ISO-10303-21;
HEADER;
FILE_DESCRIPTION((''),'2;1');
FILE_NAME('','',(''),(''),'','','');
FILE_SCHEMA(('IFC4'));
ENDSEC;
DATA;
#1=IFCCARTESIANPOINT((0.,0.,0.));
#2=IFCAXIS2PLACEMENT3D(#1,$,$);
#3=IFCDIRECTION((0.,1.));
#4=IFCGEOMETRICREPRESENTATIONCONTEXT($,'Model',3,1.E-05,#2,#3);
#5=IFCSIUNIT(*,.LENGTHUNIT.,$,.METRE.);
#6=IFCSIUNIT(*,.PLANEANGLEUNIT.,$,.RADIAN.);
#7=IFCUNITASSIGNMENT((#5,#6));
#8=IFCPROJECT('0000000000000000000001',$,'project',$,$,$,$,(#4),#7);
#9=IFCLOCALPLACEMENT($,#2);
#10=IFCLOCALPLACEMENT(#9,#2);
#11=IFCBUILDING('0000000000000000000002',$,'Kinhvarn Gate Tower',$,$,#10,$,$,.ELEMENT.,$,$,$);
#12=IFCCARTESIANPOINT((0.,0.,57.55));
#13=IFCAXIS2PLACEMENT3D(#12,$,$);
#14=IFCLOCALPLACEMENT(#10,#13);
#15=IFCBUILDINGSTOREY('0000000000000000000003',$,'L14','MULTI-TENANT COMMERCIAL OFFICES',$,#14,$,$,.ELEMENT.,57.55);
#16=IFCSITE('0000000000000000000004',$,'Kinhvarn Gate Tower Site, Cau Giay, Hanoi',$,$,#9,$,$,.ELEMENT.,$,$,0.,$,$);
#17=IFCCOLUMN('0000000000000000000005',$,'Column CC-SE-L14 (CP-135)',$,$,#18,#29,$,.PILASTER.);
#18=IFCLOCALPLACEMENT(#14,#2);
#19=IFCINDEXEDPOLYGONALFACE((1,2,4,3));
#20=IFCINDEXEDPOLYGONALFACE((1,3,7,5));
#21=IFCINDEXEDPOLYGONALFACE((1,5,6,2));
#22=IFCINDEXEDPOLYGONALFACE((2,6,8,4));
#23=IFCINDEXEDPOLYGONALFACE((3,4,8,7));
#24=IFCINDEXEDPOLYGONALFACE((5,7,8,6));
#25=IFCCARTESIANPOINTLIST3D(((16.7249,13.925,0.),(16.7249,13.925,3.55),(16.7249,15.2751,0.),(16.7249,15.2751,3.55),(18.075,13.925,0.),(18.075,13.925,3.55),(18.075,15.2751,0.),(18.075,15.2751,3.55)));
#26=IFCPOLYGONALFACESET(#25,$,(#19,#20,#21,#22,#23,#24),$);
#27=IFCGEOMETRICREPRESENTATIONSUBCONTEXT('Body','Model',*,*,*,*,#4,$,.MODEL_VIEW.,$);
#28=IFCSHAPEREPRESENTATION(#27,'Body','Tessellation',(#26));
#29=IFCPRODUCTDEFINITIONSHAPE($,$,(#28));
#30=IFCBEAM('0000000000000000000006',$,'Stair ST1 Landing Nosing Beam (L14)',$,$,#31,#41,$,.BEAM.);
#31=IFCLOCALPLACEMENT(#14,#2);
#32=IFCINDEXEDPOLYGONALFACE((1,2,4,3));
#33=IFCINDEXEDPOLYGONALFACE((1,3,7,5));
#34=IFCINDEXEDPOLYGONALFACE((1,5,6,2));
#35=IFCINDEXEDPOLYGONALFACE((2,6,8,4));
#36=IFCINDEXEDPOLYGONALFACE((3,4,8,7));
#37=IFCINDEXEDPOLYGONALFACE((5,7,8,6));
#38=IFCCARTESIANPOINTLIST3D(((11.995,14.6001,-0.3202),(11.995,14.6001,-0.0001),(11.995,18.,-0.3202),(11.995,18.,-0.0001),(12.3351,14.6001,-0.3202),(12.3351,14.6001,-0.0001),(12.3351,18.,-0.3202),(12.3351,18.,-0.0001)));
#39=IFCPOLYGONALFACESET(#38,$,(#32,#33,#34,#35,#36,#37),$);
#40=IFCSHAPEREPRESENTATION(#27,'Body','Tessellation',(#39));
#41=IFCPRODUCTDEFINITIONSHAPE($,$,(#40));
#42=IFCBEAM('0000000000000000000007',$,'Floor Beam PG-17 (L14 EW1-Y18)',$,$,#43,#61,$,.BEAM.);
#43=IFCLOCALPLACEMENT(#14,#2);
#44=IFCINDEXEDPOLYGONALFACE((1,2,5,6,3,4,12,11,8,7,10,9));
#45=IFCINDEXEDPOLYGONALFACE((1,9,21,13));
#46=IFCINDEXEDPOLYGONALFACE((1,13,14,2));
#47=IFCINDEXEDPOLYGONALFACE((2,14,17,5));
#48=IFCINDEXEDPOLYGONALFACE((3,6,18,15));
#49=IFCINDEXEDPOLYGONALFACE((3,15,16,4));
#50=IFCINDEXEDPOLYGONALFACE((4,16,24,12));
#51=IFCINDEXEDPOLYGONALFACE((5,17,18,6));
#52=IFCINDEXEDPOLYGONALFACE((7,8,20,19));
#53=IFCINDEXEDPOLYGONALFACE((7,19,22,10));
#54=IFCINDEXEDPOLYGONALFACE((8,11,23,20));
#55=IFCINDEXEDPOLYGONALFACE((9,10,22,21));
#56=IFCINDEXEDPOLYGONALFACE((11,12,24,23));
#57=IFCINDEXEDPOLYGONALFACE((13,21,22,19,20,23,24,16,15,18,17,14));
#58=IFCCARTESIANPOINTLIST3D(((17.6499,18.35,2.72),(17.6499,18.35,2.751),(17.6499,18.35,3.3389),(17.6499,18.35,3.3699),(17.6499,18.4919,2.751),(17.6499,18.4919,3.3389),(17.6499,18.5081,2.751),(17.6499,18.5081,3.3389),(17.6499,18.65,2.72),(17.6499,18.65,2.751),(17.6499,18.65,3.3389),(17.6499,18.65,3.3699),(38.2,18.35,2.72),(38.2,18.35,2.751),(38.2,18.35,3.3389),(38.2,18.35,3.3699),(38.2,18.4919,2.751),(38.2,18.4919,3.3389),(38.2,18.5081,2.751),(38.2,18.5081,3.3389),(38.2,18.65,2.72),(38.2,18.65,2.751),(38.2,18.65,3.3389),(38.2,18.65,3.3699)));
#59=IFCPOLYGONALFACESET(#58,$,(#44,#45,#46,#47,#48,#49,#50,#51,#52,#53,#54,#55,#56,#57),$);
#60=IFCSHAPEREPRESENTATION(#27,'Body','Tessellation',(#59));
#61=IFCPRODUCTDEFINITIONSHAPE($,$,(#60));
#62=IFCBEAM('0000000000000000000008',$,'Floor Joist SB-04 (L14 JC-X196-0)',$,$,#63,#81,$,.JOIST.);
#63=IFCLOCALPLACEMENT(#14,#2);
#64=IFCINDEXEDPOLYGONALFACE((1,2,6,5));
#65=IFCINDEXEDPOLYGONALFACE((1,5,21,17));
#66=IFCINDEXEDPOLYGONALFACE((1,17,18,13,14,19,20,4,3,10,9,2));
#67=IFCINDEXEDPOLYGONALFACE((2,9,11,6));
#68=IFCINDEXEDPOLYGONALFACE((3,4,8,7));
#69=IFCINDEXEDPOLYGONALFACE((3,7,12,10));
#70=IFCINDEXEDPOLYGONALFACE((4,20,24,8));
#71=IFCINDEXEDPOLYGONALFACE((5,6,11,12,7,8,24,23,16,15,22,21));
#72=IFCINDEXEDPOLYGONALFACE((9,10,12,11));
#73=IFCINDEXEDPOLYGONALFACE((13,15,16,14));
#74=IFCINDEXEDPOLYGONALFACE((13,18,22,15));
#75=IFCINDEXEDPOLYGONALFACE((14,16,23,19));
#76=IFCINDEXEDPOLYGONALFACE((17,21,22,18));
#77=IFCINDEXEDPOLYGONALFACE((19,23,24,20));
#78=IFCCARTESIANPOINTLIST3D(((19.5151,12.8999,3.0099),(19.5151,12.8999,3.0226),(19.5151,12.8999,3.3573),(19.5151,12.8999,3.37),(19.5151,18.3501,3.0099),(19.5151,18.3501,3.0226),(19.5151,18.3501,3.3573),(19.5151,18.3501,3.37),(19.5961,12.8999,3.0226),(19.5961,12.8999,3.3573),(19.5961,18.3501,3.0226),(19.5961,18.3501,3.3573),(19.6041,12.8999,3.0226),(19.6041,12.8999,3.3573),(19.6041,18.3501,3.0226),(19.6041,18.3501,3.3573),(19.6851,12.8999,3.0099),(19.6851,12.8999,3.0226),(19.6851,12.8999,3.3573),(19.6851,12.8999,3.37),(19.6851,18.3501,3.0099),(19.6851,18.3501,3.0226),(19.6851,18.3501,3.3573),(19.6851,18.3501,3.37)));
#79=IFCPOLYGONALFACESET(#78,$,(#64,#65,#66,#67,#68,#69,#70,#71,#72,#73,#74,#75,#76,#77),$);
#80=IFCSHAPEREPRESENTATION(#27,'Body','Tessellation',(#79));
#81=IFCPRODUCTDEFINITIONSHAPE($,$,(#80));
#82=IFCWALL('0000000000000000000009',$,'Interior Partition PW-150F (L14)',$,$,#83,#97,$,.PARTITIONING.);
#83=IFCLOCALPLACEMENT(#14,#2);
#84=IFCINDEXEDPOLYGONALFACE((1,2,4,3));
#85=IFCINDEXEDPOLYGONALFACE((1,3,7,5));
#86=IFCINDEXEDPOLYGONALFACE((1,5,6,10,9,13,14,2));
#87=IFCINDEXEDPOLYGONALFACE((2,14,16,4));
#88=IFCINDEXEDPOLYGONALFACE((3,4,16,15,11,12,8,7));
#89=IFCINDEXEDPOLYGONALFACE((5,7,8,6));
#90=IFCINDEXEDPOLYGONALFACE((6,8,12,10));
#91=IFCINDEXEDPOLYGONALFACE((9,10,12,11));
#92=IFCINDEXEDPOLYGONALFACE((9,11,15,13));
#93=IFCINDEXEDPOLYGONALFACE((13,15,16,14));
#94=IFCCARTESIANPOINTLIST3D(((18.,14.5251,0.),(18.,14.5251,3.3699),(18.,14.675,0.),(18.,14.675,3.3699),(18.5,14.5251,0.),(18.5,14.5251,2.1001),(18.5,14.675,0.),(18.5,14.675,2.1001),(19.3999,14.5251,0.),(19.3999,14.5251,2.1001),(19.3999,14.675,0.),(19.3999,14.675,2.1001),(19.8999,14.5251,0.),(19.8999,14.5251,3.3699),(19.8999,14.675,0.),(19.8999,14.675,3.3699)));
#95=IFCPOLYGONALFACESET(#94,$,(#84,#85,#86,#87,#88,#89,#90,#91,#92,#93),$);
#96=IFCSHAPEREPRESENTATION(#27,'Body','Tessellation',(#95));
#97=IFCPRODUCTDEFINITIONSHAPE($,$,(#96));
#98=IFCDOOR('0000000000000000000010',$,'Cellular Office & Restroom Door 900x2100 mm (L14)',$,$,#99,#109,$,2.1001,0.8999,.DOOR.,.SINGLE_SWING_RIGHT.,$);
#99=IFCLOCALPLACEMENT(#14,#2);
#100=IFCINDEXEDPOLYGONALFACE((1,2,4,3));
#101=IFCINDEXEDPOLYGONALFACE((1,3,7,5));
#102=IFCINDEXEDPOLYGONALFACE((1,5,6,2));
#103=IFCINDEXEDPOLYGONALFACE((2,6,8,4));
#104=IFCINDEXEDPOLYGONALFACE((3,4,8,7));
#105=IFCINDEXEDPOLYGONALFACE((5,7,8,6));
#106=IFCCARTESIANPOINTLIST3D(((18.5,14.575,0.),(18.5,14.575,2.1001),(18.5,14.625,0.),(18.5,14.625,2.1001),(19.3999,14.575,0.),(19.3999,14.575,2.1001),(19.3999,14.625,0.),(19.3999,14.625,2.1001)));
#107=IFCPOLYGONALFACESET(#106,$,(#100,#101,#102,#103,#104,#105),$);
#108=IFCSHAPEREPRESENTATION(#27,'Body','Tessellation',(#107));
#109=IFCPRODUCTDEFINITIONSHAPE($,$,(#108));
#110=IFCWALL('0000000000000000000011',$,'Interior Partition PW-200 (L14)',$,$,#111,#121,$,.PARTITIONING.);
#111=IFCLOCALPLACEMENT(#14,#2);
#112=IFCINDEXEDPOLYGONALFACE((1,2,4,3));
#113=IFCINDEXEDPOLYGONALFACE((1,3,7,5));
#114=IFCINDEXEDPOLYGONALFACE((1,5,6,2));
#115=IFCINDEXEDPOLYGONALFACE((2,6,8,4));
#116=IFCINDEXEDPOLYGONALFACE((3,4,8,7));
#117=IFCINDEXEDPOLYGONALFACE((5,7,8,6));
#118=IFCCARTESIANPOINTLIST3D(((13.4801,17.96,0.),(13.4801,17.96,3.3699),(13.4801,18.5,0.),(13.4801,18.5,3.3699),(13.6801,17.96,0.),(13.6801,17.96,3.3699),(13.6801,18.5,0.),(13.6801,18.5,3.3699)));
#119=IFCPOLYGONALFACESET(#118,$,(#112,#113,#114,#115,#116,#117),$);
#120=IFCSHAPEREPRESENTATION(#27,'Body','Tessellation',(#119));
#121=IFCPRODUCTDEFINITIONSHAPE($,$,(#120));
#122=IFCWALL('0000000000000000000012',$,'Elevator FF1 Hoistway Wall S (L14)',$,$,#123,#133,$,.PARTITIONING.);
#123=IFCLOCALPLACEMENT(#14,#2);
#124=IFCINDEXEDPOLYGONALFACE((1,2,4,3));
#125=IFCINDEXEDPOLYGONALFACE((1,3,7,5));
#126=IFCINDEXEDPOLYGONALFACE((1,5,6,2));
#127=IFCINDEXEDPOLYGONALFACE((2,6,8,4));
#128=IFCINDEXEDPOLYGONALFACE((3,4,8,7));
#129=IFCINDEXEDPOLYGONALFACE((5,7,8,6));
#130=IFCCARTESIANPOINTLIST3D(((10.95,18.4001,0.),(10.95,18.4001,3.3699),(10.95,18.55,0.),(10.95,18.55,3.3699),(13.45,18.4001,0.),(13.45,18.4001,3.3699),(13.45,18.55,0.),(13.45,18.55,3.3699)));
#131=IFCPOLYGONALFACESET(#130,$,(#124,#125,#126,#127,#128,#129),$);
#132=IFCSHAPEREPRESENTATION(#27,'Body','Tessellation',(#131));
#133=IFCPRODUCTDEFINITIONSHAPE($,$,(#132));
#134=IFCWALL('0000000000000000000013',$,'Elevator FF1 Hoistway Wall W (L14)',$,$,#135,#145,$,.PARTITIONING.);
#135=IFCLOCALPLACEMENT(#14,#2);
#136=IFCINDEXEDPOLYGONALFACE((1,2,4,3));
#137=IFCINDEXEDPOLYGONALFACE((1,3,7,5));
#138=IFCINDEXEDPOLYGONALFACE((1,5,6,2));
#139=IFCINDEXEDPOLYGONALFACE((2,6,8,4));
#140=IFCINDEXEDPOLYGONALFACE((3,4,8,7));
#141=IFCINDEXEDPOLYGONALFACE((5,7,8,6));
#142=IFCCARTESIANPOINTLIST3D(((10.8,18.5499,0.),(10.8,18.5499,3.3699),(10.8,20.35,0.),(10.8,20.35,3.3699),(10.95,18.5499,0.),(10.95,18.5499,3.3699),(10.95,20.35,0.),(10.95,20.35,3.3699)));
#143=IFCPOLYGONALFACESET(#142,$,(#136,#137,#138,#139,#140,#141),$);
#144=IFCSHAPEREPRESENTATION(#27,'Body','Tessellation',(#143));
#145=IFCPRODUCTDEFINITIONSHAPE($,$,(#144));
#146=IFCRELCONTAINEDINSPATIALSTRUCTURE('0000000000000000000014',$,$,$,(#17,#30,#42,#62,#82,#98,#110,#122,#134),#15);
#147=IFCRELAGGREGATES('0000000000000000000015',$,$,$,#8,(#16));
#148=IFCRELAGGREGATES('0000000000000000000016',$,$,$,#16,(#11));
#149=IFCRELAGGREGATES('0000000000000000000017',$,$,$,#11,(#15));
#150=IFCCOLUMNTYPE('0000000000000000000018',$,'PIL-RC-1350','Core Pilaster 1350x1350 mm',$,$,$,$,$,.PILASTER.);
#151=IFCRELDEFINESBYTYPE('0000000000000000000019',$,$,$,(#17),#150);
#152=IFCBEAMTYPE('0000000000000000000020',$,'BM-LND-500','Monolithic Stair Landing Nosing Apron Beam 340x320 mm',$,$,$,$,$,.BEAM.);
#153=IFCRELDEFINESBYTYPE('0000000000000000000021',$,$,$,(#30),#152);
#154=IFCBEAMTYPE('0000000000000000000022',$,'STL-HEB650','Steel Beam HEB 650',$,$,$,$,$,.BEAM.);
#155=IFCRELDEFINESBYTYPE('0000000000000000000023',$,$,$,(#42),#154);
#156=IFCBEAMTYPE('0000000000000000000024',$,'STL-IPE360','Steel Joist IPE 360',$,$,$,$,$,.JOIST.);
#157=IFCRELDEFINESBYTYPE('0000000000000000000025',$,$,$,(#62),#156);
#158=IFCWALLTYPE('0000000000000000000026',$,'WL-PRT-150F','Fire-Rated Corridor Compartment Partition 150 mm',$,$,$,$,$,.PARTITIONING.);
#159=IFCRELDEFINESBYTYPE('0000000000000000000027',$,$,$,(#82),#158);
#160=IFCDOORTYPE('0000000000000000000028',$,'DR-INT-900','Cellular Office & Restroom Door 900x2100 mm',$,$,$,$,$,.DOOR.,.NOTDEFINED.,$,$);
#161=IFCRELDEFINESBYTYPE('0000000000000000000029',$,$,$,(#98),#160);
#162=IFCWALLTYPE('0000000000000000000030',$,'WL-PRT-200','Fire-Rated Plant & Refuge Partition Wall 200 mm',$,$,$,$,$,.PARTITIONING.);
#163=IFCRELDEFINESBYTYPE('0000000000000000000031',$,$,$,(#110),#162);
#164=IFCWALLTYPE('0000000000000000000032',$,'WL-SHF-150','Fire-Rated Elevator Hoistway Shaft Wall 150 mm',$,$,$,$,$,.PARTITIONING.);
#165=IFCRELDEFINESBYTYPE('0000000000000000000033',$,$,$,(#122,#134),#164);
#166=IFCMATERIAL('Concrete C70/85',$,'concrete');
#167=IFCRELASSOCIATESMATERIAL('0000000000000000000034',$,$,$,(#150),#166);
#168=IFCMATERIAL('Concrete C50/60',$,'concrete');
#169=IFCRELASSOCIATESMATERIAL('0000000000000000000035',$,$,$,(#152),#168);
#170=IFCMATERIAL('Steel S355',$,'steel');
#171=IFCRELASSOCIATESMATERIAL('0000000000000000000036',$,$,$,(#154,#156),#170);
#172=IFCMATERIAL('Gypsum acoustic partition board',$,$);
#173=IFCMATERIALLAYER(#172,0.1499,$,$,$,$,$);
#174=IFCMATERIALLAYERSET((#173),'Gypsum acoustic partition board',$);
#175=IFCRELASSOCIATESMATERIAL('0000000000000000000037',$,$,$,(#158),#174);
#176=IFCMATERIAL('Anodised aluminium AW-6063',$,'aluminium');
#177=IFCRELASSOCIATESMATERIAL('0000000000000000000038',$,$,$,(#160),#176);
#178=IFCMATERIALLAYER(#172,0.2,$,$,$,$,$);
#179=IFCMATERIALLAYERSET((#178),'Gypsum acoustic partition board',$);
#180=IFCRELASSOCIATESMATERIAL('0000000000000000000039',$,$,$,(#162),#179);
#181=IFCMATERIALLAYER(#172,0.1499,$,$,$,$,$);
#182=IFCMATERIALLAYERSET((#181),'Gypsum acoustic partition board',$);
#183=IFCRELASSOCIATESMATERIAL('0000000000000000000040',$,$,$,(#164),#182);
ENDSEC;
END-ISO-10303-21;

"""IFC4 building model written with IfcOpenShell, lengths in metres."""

from ifc_helpers import new_model, si_unit, direction, frame, frame_2d, origin, origin_2d, place, context, subcontext, project, spatial, rectangle, i_section, extrude, material, layer, layer_set, material_profile, profile_set, type_object, element, fill, save


model = new_model("IFC4")

# Units and contexts
model_context = context("Model", 3, precision=1e-05, world=origin(), true_north=direction((0.0, 1.0)))
body_context = subcontext(model_context, "Body", "Model", "MODEL_VIEW")
ifc_project = project(units=[si_unit("LENGTHUNIT", "METRE"), si_unit("PLANEANGLEUNIT", "RADIAN")], contexts=[model_context])

# Site, building, storey
site_placement = place(None, origin())
site = spatial("IfcSite", under=ifc_project, at=site_placement, Name="Kinhvarn Gate Tower Site, Cau Giay, Hanoi", CompositionType="ELEMENT", RefElevation=0.0)
building_placement = place(site_placement, origin())
building = spatial("IfcBuilding", under=site, at=building_placement, Name="Kinhvarn Gate Tower", CompositionType="ELEMENT")
storey_placement = place(building_placement, frame((0.0, 0.0, 57.55)))
storey = spatial("IfcBuildingStorey", under=building, at=storey_placement, Name="L14", Description="MULTI-TENANT COMMERCIAL OFFICES", CompositionType="ELEMENT", Elevation=57.55)

# Column
ifc_material_1 = material(Name="Concrete C70/85", Category="concrete")
ifc_material_profile_1 = material_profile(ifc_material_1, rectangle(XDim=1.3501, YDim=1.3501, at=origin_2d()), Name="RC 1350x1350")
ifc_profile_set_1 = profile_set([ifc_material_profile_1], Name="Concrete C70/85")
column_type = type_object("IfcColumnType", Name="PIL-RC-1350", Description="Core Pilaster 1350x1350 mm", PredefinedType="PILASTER", material=ifc_profile_set_1)
column_placement = place(storey_placement, frame((17.3999, 14.6001, 0.0), z_axis=(0.0, 0.0, 1.0), x_axis=(1.0, 0.0, 0.0)))
element("IfcColumn", 1, at=column_placement, inside=storey, type_object=column_type, Name="Column CC-SE-L14 (CP-135)", PredefinedType="PILASTER", context=body_context, shape_type="SweptSolid", body=[
    extrude(rectangle(XDim=1.3501, YDim=1.3501, at=origin_2d()), origin(), (0.0, 0.0, 1.0), 3.55),
])

# Beams
ifc_material_2 = material(Name="Concrete C50/60", Category="concrete")
ifc_material_profile_2 = material_profile(ifc_material_2, rectangle(XDim=0.3401, YDim=0.3201, at=origin_2d()), Name="RC 340x320")
ifc_profile_set_2 = profile_set([ifc_material_profile_2], Name="Concrete C50/60")
beam_type_1 = type_object("IfcBeamType", Name="BM-LND-500", Description="Monolithic Stair Landing Nosing Apron Beam 340x320 mm", PredefinedType="BEAM", material=ifc_profile_set_2)
beam_1_placement = place(storey_placement, frame((12.165, 14.6001, -0.1602), z_axis=(0.0, 1.0, 0.0), x_axis=(-1.0, 0.0, 0.0)))
element("IfcBeam", 2, at=beam_1_placement, inside=storey, type_object=beam_type_1, Name="Stair ST1 Landing Nosing Beam (L14)", PredefinedType="BEAM", context=body_context, shape_type="SweptSolid", body=[
    extrude(rectangle(XDim=0.3401, YDim=0.3201, at=origin_2d()), origin(), (0.0, 0.0, 1.0), 3.3999),
])
ifc_material_3 = material(Name="Steel S355", Category="steel")
ifc_material_profile_3 = material_profile(ifc_material_3, i_section(OverallWidth=0.3, OverallDepth=0.6499, WebThickness=0.0161, FlangeThickness=0.031, at=origin_2d()), Name="HEB 650")
ifc_profile_set_3 = profile_set([ifc_material_profile_3], Name="Steel S355")
beam_type_2 = type_object("IfcBeamType", Name="STL-HEB650", Description="Steel Beam HEB 650", PredefinedType="BEAM", material=ifc_profile_set_3)
beam_2_placement = place(storey_placement, frame((17.6499, 18.5, 3.0449), z_axis=(1.0, 0.0, 0.0), x_axis=(0.0, 1.0, 0.0)))
element("IfcBeam", 3, at=beam_2_placement, inside=storey, type_object=beam_type_2, Name="Floor Beam PG-17 (L14 EW1-Y18)", PredefinedType="BEAM", context=body_context, shape_type="SweptSolid", body=[
    extrude(i_section(OverallWidth=0.3, OverallDepth=0.6499, WebThickness=0.0161, FlangeThickness=0.031, at=origin_2d()), origin(), (0.0, 0.0, 1.0), 20.55),
])
ifc_material_profile_4 = material_profile(ifc_material_3, i_section(OverallWidth=0.1699, OverallDepth=0.3601, WebThickness=0.0081, FlangeThickness=0.0127, at=origin_2d()), Name="IPE 360")
ifc_profile_set_4 = profile_set([ifc_material_profile_4], Name="Steel S355")
beam_type_3 = type_object("IfcBeamType", Name="STL-IPE360", Description="Steel Joist IPE 360", PredefinedType="JOIST", material=ifc_profile_set_4)
beam_3_placement = place(storey_placement, frame((19.6001, 12.8999, 3.1899), z_axis=(0.0, 1.0, 0.0), x_axis=(-1.0, 0.0, 0.0)))
element("IfcBeam", 4, at=beam_3_placement, inside=storey, type_object=beam_type_3, Name="Floor Joist SB-04 (L14 JC-X196-0)", PredefinedType="JOIST", context=body_context, shape_type="SweptSolid", body=[
    extrude(i_section(OverallWidth=0.1699, OverallDepth=0.3601, WebThickness=0.0081, FlangeThickness=0.0127, at=origin_2d()), origin(), (0.0, 0.0, 1.0), 5.4502),
])

# Wall, opening, door
ifc_material_4 = material(Name="Anodised aluminium AW-6063", Category="aluminium")
ifc_material_5 = material(Name="Gypsum acoustic partition board")
ifc_layer_1 = layer(ifc_material_5, 0.1499)
ifc_layer_set_1 = layer_set([ifc_layer_1], Name="Gypsum acoustic partition board")
wall_type_1 = type_object("IfcWallType", Name="WL-PRT-150F", Description="Fire-Rated Corridor Compartment Partition 150 mm", PredefinedType="PARTITIONING", material=ifc_layer_set_1)
wall_1_placement = place(storey_placement, frame((18.0, 14.6001, 0.0), z_axis=(0.0, 0.0, 1.0), x_axis=(1.0, 0.0, 0.0)))
wall_1 = element("IfcWall", 5, at=wall_1_placement, inside=storey, type_object=wall_type_1, Name="Interior Partition PW-150F (L14)", PredefinedType="PARTITIONING", context=body_context, shape_type="SweptSolid", body=[
    extrude(rectangle(XDim=1.8999, YDim=0.1499, at=frame_2d((0.95, 0.0))), origin(), (0.0, 0.0, 1.0), 3.3699),
])
opening_1_placement = place(wall_1_placement, frame((0.5, 0.0, 0.0)))
opening_1 = element("IfcOpeningElement", 6, at=opening_1_placement, cuts=wall_1, PredefinedType="OPENING", context=body_context, shape_type="SweptSolid", body=[
    extrude(rectangle(XDim=0.8999, YDim=2.1001, at=frame_2d((0.45, 1.05))), frame((0.0, 0.085, 0.0), z_axis=(0.0, -1.0, 0.0), x_axis=(1.0, 0.0, 0.0)), (0.0, 0.0, 1.0), 0.1699),
])
door_type_1 = type_object("IfcDoorType", Name="DR-INT-900", Description="Cellular Office & Restroom Door 900x2100 mm", OperationType="NOTDEFINED", PredefinedType="DOOR", material=ifc_material_4)
door_1_placement = place(opening_1_placement, origin())
door_1 = element("IfcDoor", 7, at=door_1_placement, inside=storey, type_object=door_type_1, Name="Cellular Office & Restroom Door 900x2100 mm (L14)", OperationType="SINGLE_SWING_RIGHT", OverallHeight=2.1001, OverallWidth=0.8999, PredefinedType="DOOR", context=body_context, shape_type="SweptSolid", body=[
    extrude(rectangle(XDim=0.8999, YDim=2.1001, at=frame_2d((0.45, 1.05))), frame((0.0, 0.0249, 0.0), z_axis=(0.0, -1.0, 0.0), x_axis=(1.0, 0.0, 0.0)), (0.0, 0.0, 1.0), 0.05),
])
fill(opening_1, door_1)

# Walls
ifc_layer_2 = layer(ifc_material_5, 0.2)
ifc_layer_set_2 = layer_set([ifc_layer_2], Name="Gypsum acoustic partition board")
wall_type_2 = type_object("IfcWallType", Name="WL-PRT-200", Description="Fire-Rated Plant & Refuge Partition Wall 200 mm", PredefinedType="PARTITIONING", material=ifc_layer_set_2)
wall_2_placement = place(storey_placement, frame((13.5801, 17.96, 0.0), z_axis=(0.0, 0.0, 1.0), x_axis=(0.0, 1.0, 0.0)))
element("IfcWall", 8, at=wall_2_placement, inside=storey, type_object=wall_type_2, Name="Interior Partition PW-200 (L14)", PredefinedType="PARTITIONING", context=body_context, shape_type="SweptSolid", body=[
    extrude(rectangle(XDim=0.54, YDim=0.2, at=frame_2d((0.27, 0.0))), origin(), (0.0, 0.0, 1.0), 3.3699),
])
ifc_layer_3 = layer(ifc_material_5, 0.1499)
ifc_layer_set_3 = layer_set([ifc_layer_3], Name="Gypsum acoustic partition board")
wall_type_3 = type_object("IfcWallType", Name="WL-SHF-150", Description="Fire-Rated Elevator Hoistway Shaft Wall 150 mm", PredefinedType="PARTITIONING", material=ifc_layer_set_3)
wall_3_placement = place(storey_placement, frame((10.95, 18.4751, 0.0), z_axis=(0.0, 0.0, 1.0), x_axis=(1.0, 0.0, 0.0)))
element("IfcWall", 9, at=wall_3_placement, inside=storey, type_object=wall_type_3, Name="Elevator FF1 Hoistway Wall S (L14)", PredefinedType="PARTITIONING", context=body_context, shape_type="SweptSolid", body=[
    extrude(rectangle(XDim=2.5, YDim=0.1499, at=frame_2d((1.25, 0.0))), origin(), (0.0, 0.0, 1.0), 3.3699),
])
wall_4_placement = place(storey_placement, frame((10.875, 18.55, 0.0), z_axis=(0.0, 0.0, 1.0), x_axis=(0.0, 1.0, 0.0)))
element("IfcWall", 10, at=wall_4_placement, inside=storey, type_object=wall_type_3, Name="Elevator FF1 Hoistway Wall W (L14)", PredefinedType="PARTITIONING", context=body_context, shape_type="SweptSolid", body=[
    extrude(rectangle(XDim=1.8, YDim=0.1499, at=frame_2d((0.8999, 0.0))), origin(), (0.0, 0.0, 1.0), 3.3699),
])

save(model, "model.ifc")
